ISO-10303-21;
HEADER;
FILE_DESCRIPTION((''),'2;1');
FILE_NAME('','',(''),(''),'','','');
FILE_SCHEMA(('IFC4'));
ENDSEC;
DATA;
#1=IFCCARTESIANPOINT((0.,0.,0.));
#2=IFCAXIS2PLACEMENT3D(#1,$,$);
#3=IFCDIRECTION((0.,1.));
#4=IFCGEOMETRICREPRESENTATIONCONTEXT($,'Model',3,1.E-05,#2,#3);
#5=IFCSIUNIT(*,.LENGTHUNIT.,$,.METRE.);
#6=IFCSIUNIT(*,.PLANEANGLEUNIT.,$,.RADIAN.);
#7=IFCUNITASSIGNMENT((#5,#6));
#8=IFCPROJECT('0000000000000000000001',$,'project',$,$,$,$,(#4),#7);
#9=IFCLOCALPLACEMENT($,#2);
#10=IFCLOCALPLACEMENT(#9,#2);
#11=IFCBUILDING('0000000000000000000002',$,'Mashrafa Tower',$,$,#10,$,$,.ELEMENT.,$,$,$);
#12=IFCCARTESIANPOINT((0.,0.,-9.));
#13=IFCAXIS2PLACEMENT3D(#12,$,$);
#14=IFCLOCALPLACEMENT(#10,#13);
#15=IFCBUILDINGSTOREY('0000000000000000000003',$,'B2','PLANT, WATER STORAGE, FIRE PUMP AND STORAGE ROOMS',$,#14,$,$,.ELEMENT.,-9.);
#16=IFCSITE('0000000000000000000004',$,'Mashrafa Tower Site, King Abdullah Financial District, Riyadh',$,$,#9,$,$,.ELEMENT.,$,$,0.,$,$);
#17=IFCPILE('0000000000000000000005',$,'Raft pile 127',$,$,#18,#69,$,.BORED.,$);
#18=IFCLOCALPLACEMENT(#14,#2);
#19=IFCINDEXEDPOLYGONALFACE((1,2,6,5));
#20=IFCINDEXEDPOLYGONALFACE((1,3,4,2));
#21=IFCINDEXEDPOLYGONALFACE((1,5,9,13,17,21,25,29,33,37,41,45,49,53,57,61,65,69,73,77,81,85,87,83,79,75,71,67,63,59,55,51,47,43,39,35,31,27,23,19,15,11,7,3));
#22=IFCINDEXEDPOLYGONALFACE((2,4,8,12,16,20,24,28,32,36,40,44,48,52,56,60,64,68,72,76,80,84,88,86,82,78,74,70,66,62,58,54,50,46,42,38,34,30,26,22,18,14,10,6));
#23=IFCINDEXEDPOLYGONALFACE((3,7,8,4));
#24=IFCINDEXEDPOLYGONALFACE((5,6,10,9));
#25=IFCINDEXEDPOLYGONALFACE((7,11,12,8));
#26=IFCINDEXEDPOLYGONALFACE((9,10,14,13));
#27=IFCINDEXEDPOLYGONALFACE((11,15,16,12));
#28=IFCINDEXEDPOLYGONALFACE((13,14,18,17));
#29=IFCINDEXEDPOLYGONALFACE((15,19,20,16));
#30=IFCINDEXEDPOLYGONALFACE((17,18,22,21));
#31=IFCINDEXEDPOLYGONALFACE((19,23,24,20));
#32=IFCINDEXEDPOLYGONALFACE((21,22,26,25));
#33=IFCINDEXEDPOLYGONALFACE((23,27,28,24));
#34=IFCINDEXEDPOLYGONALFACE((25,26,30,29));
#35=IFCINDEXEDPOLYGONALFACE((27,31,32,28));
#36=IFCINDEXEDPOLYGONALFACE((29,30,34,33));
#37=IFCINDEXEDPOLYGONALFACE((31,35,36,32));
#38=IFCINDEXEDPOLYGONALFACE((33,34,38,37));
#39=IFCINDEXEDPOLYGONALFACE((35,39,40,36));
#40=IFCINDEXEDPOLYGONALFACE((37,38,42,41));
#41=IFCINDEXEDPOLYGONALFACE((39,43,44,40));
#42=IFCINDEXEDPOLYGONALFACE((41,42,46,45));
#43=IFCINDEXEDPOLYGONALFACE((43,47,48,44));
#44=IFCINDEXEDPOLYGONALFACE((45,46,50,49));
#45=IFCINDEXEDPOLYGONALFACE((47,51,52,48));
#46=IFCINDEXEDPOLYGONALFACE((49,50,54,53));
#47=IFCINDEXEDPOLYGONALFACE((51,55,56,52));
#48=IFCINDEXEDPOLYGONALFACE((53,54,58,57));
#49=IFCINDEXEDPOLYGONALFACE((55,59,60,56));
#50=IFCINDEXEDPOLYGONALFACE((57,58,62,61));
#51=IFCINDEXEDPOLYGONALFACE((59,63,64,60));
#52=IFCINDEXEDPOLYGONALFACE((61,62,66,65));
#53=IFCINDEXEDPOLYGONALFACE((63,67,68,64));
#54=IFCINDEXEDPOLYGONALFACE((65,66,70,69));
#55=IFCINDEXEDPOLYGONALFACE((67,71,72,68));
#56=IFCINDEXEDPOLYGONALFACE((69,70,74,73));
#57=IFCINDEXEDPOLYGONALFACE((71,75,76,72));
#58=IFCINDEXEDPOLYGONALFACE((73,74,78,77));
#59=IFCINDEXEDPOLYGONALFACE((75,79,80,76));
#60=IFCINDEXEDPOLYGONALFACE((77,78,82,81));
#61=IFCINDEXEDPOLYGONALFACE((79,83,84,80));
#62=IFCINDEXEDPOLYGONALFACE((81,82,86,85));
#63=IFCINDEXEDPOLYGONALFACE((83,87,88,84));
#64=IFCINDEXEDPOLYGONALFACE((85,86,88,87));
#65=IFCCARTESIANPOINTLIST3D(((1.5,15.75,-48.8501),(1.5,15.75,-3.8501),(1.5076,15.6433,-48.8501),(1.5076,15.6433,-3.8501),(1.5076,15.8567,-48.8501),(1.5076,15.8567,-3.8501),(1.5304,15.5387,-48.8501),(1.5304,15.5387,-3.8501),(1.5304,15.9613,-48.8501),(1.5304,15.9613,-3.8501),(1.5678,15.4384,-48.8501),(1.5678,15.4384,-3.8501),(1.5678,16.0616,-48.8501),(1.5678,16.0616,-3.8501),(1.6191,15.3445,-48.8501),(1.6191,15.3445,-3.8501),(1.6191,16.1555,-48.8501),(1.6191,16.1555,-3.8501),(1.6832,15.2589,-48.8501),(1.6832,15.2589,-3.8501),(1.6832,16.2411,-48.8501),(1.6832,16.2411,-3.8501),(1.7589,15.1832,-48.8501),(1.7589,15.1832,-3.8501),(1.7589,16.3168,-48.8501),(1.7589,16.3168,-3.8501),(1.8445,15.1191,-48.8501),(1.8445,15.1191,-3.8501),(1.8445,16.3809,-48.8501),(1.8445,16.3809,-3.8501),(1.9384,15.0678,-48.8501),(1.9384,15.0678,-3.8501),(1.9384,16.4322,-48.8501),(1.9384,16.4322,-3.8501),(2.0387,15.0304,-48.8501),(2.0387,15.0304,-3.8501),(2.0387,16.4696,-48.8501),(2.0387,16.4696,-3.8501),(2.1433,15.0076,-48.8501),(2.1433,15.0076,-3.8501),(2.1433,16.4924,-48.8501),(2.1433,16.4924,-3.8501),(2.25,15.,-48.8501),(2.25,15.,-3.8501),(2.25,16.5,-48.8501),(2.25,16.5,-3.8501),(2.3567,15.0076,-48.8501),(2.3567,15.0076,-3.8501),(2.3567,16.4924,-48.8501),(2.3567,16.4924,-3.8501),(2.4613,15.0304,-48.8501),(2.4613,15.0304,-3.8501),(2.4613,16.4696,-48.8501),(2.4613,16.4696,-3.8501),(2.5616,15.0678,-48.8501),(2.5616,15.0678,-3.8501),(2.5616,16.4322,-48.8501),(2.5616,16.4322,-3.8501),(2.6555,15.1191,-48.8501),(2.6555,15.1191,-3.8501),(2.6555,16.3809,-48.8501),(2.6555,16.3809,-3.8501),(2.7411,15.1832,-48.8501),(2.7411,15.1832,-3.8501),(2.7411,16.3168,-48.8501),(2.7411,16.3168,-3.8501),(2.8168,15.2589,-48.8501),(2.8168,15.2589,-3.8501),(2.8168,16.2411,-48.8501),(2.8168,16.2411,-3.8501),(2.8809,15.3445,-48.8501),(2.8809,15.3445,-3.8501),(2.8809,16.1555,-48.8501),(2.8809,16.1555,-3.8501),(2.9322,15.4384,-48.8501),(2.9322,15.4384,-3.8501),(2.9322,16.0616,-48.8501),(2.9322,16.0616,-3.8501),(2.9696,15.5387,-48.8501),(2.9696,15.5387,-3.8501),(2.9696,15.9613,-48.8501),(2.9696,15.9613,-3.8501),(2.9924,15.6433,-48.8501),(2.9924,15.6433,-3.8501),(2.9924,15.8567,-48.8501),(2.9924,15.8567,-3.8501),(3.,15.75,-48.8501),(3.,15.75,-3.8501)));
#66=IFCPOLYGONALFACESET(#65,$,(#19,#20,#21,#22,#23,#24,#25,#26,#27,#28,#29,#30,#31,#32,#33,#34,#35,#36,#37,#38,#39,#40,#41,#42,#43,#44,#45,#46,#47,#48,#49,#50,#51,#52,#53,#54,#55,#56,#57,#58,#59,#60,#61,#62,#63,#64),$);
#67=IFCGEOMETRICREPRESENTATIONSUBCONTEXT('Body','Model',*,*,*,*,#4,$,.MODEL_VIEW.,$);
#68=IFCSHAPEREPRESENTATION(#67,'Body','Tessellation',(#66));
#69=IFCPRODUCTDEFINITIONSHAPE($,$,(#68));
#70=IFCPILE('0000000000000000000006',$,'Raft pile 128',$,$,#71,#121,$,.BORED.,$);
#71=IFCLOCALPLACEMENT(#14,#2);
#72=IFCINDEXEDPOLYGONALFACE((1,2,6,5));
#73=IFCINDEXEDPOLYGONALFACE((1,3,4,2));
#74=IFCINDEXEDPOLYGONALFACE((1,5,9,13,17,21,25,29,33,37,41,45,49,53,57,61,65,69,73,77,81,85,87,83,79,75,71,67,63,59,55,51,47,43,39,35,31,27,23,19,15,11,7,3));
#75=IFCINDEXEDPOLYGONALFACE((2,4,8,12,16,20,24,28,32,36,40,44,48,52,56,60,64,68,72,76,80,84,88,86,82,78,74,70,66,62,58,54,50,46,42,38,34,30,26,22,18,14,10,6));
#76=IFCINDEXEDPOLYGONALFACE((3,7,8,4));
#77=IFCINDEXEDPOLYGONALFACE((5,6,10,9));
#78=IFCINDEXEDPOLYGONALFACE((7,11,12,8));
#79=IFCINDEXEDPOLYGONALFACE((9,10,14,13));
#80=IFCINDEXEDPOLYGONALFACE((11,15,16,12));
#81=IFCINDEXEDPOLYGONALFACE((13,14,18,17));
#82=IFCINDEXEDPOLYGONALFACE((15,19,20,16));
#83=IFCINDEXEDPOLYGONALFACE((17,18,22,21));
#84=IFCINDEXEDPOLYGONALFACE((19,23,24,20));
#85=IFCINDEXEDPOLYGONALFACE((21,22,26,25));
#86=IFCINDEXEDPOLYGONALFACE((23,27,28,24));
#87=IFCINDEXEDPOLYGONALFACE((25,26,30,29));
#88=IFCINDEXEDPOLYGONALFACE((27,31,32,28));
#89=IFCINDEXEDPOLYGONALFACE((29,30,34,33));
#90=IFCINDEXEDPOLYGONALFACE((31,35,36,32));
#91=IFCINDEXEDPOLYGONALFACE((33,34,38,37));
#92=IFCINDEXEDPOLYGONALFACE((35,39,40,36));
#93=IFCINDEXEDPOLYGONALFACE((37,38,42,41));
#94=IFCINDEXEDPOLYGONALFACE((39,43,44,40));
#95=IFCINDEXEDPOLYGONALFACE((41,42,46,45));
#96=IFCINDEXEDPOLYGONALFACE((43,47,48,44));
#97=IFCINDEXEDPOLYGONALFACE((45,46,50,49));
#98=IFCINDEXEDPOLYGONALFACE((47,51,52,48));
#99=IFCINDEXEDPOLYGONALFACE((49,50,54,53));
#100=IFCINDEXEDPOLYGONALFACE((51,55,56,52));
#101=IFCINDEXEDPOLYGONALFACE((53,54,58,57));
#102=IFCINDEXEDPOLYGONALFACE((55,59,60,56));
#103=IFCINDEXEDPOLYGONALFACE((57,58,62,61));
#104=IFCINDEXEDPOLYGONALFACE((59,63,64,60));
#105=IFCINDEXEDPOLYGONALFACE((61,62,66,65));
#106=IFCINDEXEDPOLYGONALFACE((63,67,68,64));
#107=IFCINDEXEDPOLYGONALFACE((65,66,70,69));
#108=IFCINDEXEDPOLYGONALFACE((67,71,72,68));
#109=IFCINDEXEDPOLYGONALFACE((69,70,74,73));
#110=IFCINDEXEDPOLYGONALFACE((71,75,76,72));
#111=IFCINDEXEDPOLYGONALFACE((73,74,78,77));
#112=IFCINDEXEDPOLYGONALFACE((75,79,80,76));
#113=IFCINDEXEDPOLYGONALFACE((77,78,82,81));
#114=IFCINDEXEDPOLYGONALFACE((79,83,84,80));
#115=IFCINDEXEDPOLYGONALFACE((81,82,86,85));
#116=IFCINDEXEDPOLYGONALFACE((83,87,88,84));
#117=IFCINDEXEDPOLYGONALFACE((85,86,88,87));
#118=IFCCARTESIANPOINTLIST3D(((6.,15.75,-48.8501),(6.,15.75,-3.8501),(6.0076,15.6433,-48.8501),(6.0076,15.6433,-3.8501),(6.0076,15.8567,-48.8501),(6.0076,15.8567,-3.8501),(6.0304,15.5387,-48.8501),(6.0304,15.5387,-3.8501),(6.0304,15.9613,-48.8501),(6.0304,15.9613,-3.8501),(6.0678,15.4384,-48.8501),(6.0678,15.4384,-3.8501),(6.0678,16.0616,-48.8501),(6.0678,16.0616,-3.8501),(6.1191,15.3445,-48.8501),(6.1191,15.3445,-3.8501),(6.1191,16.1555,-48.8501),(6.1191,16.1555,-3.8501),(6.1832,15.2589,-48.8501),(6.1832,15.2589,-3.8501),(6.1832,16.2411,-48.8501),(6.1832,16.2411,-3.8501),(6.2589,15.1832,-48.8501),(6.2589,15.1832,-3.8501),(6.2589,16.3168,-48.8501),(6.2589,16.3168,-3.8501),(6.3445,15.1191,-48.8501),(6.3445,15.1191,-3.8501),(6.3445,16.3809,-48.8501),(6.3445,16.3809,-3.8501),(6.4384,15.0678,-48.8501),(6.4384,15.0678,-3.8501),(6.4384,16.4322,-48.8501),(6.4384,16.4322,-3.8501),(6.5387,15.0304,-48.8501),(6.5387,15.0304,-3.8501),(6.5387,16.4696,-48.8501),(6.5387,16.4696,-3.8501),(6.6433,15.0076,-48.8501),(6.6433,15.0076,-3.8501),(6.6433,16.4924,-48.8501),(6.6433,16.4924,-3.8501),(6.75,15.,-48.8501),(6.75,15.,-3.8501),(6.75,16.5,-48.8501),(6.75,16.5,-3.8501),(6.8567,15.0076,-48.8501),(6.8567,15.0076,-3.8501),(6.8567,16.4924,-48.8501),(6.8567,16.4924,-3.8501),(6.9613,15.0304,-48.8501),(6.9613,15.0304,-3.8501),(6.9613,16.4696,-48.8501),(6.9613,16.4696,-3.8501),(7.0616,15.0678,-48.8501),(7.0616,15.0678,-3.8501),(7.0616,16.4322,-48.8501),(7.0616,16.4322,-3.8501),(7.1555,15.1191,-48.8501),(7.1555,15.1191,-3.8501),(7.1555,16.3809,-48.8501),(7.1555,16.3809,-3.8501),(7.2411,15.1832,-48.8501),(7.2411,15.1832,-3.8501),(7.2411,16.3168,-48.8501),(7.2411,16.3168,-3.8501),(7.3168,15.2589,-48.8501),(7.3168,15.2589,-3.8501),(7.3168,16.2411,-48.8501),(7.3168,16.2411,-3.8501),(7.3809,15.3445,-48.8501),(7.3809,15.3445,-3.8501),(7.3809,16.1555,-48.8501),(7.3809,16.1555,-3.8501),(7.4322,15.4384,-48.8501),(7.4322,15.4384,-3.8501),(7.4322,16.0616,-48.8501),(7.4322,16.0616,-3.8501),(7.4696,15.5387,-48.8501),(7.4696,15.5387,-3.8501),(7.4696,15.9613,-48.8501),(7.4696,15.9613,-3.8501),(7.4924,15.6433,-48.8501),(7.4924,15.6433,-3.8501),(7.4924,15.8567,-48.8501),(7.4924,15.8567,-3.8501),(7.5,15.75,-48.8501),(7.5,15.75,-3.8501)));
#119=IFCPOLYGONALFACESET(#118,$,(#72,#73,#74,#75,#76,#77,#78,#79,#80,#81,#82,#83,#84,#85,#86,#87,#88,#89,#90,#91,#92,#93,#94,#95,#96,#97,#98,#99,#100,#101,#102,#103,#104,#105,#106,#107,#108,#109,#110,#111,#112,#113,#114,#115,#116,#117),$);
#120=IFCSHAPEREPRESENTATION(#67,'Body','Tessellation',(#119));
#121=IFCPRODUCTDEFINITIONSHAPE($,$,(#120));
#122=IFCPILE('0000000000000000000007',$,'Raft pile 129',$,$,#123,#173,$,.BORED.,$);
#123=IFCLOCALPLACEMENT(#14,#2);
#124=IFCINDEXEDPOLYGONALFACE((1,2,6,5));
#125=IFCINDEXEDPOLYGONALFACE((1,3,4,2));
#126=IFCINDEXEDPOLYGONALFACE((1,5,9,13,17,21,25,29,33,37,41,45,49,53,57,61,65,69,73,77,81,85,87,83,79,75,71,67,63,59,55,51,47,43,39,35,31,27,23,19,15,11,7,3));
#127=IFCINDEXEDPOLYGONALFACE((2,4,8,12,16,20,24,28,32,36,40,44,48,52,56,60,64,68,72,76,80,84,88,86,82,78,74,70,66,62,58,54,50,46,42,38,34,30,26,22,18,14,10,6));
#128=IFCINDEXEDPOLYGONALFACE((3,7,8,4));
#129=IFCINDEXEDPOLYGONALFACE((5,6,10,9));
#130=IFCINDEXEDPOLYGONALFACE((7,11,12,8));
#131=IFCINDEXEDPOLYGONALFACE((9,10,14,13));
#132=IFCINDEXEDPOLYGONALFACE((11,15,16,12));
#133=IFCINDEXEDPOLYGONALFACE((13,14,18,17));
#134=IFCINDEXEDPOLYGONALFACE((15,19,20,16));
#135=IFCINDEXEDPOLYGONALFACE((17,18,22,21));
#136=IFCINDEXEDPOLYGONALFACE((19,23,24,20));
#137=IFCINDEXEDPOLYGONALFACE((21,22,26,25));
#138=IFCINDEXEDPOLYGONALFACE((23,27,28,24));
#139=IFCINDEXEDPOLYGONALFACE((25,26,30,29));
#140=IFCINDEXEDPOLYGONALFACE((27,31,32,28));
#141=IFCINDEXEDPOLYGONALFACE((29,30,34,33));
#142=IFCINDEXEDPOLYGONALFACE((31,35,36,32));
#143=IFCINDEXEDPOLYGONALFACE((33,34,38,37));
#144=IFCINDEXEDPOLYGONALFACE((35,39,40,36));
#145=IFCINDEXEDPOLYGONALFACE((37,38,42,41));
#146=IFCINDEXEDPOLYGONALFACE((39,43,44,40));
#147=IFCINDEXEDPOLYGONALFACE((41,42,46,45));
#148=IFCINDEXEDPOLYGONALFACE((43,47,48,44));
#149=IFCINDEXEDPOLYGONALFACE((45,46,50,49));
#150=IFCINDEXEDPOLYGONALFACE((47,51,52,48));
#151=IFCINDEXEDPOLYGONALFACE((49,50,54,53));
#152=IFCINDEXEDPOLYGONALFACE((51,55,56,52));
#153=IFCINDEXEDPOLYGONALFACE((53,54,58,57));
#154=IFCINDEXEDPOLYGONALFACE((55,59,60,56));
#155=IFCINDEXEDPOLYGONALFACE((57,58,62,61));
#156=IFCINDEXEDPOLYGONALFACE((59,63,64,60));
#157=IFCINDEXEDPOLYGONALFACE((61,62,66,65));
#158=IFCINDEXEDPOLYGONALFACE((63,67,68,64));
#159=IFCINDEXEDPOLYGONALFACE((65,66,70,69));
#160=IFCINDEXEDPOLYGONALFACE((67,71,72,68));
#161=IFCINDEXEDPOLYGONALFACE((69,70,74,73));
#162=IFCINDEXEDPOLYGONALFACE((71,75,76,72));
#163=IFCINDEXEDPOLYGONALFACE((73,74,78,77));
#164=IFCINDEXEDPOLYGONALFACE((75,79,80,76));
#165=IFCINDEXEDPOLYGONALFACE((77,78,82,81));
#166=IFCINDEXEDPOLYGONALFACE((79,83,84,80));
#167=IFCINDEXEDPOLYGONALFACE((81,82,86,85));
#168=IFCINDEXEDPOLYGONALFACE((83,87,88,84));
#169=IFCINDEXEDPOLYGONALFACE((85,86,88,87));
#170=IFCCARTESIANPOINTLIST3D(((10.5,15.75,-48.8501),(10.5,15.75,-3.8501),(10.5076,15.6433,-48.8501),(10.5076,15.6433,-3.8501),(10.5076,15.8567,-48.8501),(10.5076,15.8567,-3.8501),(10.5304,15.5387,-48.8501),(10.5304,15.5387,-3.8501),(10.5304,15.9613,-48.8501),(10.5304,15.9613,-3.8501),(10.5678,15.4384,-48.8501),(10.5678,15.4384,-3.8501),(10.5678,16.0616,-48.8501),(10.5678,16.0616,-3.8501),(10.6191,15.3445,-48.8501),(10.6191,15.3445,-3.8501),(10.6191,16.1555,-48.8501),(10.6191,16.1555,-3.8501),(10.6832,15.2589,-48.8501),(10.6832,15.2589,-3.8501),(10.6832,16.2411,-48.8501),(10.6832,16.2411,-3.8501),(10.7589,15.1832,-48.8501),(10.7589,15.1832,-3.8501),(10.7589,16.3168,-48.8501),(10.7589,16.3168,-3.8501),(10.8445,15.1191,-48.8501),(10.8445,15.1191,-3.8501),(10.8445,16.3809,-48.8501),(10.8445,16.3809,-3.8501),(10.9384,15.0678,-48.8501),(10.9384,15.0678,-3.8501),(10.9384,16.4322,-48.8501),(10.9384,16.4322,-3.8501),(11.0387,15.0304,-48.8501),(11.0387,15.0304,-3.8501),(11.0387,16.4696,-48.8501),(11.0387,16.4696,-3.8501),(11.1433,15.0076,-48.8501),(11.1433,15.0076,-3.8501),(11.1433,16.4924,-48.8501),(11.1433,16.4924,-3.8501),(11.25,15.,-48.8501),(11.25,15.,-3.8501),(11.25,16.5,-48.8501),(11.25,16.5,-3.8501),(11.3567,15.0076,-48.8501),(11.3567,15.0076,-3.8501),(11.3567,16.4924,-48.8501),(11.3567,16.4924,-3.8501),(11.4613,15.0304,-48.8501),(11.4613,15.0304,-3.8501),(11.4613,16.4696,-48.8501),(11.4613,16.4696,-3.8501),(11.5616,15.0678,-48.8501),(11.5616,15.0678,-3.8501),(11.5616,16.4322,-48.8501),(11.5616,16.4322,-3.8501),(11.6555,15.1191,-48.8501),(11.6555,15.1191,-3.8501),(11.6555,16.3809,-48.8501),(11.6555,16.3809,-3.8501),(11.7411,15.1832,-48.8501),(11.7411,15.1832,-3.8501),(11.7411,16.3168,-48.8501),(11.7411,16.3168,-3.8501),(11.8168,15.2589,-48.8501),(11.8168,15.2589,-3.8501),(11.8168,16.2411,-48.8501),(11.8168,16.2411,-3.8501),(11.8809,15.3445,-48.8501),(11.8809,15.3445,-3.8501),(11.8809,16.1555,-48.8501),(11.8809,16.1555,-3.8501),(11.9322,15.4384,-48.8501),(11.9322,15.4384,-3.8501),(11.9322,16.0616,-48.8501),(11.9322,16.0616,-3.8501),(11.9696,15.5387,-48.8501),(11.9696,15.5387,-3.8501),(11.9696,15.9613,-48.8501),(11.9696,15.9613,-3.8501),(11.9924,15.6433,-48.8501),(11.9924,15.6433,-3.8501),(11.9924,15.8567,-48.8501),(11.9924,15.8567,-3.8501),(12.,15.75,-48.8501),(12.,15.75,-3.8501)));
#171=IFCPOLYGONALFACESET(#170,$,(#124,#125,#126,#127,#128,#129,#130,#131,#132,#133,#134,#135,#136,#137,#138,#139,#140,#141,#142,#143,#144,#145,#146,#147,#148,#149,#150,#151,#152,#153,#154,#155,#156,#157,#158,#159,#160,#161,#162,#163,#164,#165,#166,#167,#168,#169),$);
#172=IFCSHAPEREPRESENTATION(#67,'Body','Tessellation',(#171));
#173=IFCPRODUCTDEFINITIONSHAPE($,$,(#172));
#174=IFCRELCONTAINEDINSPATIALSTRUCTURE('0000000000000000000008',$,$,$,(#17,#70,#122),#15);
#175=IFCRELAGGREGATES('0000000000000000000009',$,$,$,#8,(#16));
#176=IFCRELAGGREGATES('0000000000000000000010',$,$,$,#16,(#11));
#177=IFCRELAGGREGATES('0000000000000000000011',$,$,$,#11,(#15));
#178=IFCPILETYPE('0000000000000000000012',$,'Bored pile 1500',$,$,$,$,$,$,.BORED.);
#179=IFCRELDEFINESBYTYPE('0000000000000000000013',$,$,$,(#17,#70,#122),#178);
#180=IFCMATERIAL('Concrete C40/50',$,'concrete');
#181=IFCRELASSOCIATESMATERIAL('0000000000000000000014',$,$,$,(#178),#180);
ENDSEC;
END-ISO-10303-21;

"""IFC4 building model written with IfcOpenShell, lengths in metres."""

from ifc_helpers import new_model, si_unit, direction, frame, origin, origin_2d, place, context, subcontext, project, spatial, circle, extrude, material, material_profile, profile_set, type_object, element, save


model = new_model("IFC4")

# Units and contexts
model_context = context("Model", 3, precision=1e-05, world=origin(), true_north=direction((0.0, 1.0)))
body_context = subcontext(model_context, "Body", "Model", "MODEL_VIEW")
ifc_project = project(units=[si_unit("LENGTHUNIT", "METRE"), si_unit("PLANEANGLEUNIT", "RADIAN")], contexts=[model_context])

# Site, building, storey
site_placement = place(None, origin())
site = spatial("IfcSite", under=ifc_project, at=site_placement, Name="Mashrafa Tower Site, King Abdullah Financial District, Riyadh", CompositionType="ELEMENT", RefElevation=0.0)
building_placement = place(site_placement, origin())
building = spatial("IfcBuilding", under=site, at=building_placement, Name="Mashrafa Tower", CompositionType="ELEMENT")
storey_placement = place(building_placement, frame((0.0, 0.0, -9.0)))
storey = spatial("IfcBuildingStorey", under=building, at=storey_placement, Name="B2", Description="PLANT, WATER STORAGE, FIRE PUMP AND STORAGE ROOMS", CompositionType="ELEMENT", Elevation=-9.0)

# Piles
ifc_material_1 = material(Name="Concrete C40/50", Category="concrete")
ifc_material_profile_1 = material_profile(ifc_material_1, circle(Radius=0.75, at=origin_2d()), Name="1500 DIA")
ifc_profile_set_1 = profile_set([ifc_material_profile_1], Name="Concrete C40/50")
pile_type_1 = type_object("IfcPileType", Name="Bored pile 1500", PredefinedType="BORED", material=ifc_profile_set_1)
for number, where, z_axis, x_axis, name in (
    (1, (2.25, 15.75, -3.8501), (0.0, 0.0, -1.0), (1.0, 0.0, 0.0), "Raft pile 127"),
    (2, (6.75, 15.75, -3.8501), (0.0, 0.0, -1.0), (1.0, 0.0, 0.0), "Raft pile 128"),
    (3, (11.25, 15.75, -3.8501), (0.0, 0.0, -1.0), (1.0, 0.0, 0.0), "Raft pile 129"),
):
    element("IfcPile", number, at=place(storey_placement, frame(where, z_axis=z_axis, x_axis=x_axis)), inside=storey, type_object=pile_type_1, Name=name, PredefinedType="BORED", context=body_context, shape_type="SweptSolid", body=[
        extrude(circle(Radius=0.75, at=origin_2d()), origin(), (0.0, 0.0, 1.0), 45.0),
    ])

save(model, "model.ifc")
